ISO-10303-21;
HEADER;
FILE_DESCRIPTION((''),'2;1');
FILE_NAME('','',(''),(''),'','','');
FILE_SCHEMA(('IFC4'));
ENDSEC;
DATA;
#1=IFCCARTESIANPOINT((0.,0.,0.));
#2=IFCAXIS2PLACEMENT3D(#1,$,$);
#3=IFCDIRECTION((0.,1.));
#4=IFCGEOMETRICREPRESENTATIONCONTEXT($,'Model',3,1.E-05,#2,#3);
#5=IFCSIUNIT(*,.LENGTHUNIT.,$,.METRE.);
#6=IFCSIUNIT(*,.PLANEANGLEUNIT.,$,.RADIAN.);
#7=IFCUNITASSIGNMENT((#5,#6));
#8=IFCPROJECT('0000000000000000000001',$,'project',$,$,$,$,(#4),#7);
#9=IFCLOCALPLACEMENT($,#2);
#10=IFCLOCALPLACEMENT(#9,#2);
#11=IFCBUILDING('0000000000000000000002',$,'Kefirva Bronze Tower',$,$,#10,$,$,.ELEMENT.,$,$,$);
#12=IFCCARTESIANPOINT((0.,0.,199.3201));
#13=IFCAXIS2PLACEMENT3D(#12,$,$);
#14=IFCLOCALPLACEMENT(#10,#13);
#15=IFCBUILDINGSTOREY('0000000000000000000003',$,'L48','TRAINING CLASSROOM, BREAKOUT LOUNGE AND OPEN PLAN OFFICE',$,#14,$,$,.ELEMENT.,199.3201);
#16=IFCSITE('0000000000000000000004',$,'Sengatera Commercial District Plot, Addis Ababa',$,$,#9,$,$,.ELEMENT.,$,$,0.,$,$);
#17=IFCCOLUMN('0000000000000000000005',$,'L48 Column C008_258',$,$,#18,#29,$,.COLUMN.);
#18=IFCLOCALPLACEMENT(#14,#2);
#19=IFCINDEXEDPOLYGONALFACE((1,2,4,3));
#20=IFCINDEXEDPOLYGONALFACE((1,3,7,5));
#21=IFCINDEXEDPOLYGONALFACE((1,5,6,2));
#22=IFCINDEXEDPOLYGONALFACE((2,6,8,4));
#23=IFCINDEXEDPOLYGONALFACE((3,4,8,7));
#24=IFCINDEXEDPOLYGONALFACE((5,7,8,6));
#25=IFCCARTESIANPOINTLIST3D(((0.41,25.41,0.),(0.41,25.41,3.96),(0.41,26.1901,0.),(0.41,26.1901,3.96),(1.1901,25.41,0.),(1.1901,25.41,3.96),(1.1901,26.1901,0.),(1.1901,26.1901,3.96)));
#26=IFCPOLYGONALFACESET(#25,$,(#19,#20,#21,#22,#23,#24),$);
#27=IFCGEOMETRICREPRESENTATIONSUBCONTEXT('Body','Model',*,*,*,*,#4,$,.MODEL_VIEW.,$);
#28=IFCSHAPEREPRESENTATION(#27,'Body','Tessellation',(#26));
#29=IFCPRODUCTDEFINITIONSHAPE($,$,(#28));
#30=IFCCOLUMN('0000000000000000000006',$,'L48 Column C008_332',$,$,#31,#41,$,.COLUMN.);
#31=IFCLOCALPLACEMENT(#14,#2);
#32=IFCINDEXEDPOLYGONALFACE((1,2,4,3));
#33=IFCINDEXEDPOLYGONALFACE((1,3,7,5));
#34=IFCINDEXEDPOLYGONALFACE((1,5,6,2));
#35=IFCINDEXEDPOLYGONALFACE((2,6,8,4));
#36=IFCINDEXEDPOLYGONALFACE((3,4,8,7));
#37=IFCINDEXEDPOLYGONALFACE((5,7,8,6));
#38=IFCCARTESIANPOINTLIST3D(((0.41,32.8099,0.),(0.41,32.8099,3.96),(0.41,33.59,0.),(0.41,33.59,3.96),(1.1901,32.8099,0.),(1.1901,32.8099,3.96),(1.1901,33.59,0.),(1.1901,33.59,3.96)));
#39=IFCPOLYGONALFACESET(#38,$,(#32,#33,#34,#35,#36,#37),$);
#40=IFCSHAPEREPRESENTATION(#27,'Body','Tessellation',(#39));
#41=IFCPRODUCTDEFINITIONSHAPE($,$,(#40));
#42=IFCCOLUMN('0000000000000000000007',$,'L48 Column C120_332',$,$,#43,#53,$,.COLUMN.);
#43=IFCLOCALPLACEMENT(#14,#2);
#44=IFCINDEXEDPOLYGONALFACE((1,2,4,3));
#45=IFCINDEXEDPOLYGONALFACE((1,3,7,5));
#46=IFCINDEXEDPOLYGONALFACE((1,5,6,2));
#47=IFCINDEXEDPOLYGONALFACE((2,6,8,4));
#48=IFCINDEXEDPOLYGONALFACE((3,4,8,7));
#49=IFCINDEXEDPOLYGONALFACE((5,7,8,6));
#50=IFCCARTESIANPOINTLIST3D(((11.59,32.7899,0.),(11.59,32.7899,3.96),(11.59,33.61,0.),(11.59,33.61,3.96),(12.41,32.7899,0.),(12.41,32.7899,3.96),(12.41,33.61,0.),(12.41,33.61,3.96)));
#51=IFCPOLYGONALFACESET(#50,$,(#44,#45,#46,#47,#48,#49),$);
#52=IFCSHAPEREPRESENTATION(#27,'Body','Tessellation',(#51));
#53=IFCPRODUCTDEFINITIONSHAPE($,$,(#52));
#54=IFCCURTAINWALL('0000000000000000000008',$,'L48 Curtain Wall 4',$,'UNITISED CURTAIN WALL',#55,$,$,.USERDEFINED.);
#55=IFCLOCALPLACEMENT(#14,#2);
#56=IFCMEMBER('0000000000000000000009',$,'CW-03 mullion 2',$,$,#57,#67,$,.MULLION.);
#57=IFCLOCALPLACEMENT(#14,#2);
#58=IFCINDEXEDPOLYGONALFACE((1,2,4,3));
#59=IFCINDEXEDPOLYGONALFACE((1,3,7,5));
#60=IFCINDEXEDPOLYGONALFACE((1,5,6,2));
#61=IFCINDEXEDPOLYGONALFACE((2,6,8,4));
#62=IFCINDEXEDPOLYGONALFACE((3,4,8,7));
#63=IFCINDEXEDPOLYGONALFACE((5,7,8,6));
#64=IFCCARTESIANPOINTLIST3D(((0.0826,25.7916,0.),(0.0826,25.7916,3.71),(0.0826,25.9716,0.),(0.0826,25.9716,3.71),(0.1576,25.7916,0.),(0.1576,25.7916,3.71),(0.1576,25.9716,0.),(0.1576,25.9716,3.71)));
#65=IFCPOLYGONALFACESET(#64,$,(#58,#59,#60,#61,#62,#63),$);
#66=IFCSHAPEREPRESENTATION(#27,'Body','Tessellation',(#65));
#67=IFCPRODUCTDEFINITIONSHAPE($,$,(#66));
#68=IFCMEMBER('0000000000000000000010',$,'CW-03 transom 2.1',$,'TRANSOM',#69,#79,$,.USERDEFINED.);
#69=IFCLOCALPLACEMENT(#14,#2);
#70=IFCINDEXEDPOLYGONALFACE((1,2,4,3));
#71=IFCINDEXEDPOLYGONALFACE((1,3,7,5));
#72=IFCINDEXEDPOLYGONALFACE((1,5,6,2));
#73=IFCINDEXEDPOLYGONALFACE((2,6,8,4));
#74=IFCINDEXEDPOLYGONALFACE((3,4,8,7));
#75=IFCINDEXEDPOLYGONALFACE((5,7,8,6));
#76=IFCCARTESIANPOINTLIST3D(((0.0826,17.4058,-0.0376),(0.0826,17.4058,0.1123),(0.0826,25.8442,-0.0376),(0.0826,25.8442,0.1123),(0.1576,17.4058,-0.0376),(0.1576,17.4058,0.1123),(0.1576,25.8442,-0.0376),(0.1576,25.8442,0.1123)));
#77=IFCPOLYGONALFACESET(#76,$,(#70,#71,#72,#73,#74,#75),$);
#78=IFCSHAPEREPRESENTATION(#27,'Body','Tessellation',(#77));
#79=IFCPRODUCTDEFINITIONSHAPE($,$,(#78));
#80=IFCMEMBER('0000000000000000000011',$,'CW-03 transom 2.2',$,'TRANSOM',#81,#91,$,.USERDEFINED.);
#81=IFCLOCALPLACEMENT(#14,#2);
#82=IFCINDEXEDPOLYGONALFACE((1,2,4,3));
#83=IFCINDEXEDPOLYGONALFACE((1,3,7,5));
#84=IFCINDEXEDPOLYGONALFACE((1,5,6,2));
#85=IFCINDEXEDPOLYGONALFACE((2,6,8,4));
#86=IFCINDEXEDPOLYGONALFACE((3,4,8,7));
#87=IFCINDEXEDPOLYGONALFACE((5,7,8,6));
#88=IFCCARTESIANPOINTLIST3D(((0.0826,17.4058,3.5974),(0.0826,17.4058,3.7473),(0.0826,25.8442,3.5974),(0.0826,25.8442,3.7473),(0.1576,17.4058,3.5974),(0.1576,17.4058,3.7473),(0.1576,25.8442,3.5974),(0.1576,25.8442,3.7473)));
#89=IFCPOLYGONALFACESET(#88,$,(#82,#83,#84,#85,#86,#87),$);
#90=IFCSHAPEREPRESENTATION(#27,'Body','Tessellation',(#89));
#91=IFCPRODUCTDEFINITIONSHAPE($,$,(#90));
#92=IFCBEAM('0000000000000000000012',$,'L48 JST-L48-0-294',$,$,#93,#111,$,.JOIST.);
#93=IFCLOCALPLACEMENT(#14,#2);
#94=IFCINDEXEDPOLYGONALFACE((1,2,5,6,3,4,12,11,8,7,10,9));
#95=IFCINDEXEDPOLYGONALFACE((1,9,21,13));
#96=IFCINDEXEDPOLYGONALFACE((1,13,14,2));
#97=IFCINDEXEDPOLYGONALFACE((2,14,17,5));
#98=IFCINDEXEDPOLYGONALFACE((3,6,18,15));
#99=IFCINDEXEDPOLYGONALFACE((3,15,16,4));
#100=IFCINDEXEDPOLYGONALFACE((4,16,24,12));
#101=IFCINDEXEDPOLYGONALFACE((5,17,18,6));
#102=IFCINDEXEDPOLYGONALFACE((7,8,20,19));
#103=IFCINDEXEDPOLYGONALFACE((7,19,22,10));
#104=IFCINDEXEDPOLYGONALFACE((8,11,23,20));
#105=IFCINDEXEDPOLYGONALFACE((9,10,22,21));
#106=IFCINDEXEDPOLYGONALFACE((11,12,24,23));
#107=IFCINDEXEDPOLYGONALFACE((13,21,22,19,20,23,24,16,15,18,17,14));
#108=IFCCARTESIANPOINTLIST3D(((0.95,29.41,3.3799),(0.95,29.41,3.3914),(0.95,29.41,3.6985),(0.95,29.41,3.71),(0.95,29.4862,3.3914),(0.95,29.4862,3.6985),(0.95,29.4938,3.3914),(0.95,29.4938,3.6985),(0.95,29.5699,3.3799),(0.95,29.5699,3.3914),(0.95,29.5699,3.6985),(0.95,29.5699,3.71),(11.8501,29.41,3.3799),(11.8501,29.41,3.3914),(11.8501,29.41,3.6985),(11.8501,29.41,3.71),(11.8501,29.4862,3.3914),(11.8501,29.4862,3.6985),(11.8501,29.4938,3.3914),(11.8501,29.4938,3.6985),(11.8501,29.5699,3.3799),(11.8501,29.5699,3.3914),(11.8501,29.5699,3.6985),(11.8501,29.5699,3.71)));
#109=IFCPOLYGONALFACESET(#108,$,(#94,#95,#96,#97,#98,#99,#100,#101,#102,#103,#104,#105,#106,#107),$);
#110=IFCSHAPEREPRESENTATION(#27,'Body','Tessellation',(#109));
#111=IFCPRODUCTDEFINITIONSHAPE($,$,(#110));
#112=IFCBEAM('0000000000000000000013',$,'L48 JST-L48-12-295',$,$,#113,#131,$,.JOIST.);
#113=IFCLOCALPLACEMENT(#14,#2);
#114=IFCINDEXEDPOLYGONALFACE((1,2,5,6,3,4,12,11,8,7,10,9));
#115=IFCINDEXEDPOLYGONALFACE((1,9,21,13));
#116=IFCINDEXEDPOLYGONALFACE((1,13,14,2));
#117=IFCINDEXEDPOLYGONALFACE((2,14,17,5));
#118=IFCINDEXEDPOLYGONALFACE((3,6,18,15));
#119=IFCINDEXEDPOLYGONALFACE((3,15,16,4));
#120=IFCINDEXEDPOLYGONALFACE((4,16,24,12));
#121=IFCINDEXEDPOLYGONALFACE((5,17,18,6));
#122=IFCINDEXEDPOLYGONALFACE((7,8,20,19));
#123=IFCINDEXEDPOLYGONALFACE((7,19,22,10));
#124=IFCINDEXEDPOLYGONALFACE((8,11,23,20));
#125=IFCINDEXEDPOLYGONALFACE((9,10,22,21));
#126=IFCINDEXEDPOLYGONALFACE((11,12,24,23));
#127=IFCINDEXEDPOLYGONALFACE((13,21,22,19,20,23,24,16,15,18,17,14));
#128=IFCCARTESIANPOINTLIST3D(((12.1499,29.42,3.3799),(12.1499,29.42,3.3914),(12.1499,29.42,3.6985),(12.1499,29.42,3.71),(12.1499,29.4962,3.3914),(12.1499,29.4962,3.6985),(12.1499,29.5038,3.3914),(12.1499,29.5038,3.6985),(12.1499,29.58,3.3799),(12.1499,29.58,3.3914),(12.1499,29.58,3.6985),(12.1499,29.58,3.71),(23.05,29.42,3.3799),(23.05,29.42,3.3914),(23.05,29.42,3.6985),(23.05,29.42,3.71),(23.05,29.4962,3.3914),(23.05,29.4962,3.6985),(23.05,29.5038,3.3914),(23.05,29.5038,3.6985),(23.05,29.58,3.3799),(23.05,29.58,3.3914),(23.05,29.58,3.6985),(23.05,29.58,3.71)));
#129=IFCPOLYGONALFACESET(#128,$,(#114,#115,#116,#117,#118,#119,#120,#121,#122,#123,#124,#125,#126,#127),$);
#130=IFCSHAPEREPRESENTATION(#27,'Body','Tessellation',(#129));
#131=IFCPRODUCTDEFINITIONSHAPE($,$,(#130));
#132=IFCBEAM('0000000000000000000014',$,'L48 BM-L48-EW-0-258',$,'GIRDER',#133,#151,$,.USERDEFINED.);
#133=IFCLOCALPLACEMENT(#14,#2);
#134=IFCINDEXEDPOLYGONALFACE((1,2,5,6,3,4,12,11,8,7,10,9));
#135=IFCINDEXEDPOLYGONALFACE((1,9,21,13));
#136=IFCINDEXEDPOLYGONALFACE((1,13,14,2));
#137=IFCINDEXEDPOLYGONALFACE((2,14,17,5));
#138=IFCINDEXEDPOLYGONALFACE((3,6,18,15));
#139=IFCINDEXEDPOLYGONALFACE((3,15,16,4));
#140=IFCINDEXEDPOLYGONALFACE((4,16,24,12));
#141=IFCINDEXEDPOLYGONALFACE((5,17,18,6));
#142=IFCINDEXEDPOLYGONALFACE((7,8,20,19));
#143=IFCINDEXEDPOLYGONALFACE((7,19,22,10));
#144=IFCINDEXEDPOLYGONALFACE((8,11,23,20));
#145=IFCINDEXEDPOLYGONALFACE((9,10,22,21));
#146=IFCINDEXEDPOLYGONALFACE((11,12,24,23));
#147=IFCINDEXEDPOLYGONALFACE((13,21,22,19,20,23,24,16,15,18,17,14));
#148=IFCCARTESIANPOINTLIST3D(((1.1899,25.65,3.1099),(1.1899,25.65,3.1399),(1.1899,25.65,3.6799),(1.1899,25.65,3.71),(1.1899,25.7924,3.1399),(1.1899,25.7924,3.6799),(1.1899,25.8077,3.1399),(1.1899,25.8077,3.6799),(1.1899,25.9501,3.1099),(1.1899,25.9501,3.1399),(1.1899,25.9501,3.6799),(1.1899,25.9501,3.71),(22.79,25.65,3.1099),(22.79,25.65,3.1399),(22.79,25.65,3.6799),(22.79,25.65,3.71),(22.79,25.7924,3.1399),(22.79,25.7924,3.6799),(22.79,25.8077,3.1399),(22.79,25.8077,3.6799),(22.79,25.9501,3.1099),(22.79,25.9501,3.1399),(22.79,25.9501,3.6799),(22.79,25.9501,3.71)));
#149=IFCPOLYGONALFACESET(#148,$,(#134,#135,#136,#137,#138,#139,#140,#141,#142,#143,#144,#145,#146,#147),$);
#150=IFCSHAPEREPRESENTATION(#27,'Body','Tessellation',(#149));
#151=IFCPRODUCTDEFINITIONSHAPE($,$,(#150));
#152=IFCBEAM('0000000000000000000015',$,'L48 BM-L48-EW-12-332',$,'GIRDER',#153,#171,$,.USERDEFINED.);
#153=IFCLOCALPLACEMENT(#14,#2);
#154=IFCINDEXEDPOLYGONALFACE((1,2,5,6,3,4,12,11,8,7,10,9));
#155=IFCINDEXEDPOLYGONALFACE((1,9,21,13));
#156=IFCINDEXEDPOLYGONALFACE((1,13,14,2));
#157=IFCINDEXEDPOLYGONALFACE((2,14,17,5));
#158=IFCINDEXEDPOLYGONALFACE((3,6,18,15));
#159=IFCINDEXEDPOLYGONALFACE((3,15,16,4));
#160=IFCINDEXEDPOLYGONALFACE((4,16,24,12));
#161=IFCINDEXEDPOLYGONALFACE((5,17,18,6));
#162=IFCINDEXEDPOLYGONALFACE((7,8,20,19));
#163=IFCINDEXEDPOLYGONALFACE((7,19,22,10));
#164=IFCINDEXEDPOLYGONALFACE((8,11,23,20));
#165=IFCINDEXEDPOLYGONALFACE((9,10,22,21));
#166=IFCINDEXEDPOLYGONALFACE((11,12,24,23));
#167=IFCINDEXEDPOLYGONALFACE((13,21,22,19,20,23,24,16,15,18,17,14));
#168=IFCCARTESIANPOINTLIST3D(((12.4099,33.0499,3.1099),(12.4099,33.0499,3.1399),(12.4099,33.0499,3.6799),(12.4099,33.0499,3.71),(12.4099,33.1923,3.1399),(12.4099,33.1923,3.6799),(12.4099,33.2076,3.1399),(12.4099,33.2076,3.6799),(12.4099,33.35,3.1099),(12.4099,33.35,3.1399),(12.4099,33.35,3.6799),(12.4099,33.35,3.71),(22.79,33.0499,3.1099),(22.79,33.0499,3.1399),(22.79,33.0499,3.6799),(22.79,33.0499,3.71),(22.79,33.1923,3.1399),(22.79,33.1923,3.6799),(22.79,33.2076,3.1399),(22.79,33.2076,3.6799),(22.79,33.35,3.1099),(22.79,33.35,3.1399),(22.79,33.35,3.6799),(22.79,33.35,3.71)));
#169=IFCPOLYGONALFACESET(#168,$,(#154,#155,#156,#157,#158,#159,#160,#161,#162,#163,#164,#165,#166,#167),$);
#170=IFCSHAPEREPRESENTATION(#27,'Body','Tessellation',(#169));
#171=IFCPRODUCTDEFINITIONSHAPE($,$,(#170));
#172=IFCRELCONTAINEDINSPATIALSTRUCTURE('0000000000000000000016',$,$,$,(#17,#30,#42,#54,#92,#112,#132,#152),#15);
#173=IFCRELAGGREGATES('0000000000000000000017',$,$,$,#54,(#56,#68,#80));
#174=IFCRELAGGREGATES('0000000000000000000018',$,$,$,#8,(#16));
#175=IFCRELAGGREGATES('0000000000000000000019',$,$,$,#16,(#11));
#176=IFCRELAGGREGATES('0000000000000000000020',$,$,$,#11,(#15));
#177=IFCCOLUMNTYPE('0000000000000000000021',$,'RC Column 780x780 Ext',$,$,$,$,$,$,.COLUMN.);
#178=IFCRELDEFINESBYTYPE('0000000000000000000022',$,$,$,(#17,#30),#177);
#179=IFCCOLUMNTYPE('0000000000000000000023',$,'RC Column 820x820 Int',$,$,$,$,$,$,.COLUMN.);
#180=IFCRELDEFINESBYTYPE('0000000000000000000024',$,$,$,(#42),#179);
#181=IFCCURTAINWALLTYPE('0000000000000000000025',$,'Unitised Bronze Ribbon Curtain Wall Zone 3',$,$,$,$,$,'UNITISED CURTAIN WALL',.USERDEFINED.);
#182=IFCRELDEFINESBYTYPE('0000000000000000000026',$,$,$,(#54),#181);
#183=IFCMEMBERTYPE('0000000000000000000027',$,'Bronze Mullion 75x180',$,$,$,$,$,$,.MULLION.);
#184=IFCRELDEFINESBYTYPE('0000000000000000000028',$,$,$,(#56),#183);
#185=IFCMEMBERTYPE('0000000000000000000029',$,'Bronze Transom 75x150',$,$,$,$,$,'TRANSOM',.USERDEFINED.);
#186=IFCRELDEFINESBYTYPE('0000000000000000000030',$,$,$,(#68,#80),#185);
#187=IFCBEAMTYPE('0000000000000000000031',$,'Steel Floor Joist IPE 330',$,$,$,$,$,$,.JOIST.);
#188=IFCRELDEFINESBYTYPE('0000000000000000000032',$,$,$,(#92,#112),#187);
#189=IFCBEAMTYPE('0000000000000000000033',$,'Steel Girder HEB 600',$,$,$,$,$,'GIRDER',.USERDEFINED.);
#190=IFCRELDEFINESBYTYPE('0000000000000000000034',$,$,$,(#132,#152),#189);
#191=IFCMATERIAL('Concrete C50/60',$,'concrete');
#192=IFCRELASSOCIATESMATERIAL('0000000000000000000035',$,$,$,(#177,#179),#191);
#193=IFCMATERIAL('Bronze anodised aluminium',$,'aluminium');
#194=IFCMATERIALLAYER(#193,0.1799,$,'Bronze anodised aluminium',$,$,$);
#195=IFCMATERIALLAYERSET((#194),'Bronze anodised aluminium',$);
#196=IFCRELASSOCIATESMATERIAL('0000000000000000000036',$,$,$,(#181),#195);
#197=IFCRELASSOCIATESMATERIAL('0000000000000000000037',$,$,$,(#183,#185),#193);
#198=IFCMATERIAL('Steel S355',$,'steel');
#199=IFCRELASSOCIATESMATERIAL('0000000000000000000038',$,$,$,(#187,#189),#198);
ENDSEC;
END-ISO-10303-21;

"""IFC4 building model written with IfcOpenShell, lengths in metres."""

from ifc_helpers import new_model, si_unit, direction, frame, origin, origin_2d, place, context, subcontext, project, spatial, rectangle, i_section, extrude, material, layer, layer_set, material_profile, profile_set, type_object, element, aggregate, save


model = new_model("IFC4")

# Units and contexts
model_context = context("Model", 3, precision=1e-05, world=origin(), true_north=direction((0.0, 1.0)))
body_context = subcontext(model_context, "Body", "Model", "MODEL_VIEW")
ifc_project = project(units=[si_unit("LENGTHUNIT", "METRE"), si_unit("PLANEANGLEUNIT", "RADIAN")], contexts=[model_context])

# Site, building, storey
site_placement = place(None, origin())
site = spatial("IfcSite", under=ifc_project, at=site_placement, Name="Sengatera Commercial District Plot, Addis Ababa", CompositionType="ELEMENT", RefElevation=0.0)
building_placement = place(site_placement, origin())
building = spatial("IfcBuilding", under=site, at=building_placement, Name="Kefirva Bronze Tower", CompositionType="ELEMENT")
storey_placement = place(building_placement, frame((0.0, 0.0, 199.3201)))
storey = spatial("IfcBuildingStorey", under=building, at=storey_placement, Name="L48", Description="TRAINING CLASSROOM, BREAKOUT LOUNGE AND OPEN PLAN OFFICE", CompositionType="ELEMENT", Elevation=199.3201)

# Columns
ifc_material_1 = material(Name="Concrete C50/60", Category="concrete")
ifc_material_profile_1 = material_profile(ifc_material_1, rectangle(XDim=0.78, YDim=0.78, at=origin_2d()), Name="RC 780x780")
ifc_profile_set_1 = profile_set([ifc_material_profile_1], Name="Concrete C50/60")
column_type_1 = type_object("IfcColumnType", Name="RC Column 780x780 Ext", PredefinedType="COLUMN", material=ifc_profile_set_1)
for number, where, z_axis, x_axis, name in (
    (1, (0.8, 25.8, 0.0), (0.0, 0.0, 1.0), (1.0, 0.0, 0.0), "L48 Column C008_258"),
    (2, (0.8, 33.2, 0.0), (0.0, 0.0, 1.0), (1.0, 0.0, 0.0), "L48 Column C008_332"),
):
    element("IfcColumn", number, at=place(storey_placement, frame(where, z_axis=z_axis, x_axis=x_axis)), inside=storey, type_object=column_type_1, Name=name, PredefinedType="COLUMN", context=body_context, shape_type="SweptSolid", body=[
        extrude(rectangle(XDim=0.78, YDim=0.78, at=origin_2d()), origin(), (0.0, 0.0, 1.0), 3.96),
    ])
ifc_material_profile_2 = material_profile(ifc_material_1, rectangle(XDim=0.8201, YDim=0.8201, at=origin_2d()), Name="RC 820x820")
ifc_profile_set_2 = profile_set([ifc_material_profile_2], Name="Concrete C50/60")
column_type_2 = type_object("IfcColumnType", Name="RC Column 820x820 Int", PredefinedType="COLUMN", material=ifc_profile_set_2)
column_placement = place(storey_placement, frame((12.0, 33.2, 0.0), z_axis=(0.0, 0.0, 1.0), x_axis=(1.0, 0.0, 0.0)))
element("IfcColumn", 3, at=column_placement, inside=storey, type_object=column_type_2, Name="L48 Column C120_332", PredefinedType="COLUMN", context=body_context, shape_type="SweptSolid", body=[
    extrude(rectangle(XDim=0.8201, YDim=0.8201, at=origin_2d()), origin(), (0.0, 0.0, 1.0), 3.96),
])

# Curtain wall, members
ifc_material_2 = material(Name="Bronze anodised aluminium", Category="aluminium")
ifc_layer_1 = layer(ifc_material_2, 0.1799, Name="Bronze anodised aluminium")
ifc_layer_set_1 = layer_set([ifc_layer_1], Name="Bronze anodised aluminium")
curtain_wall_type = type_object("IfcCurtainWallType", Name="Unitised Bronze Ribbon Curtain Wall Zone 3", ElementType="UNITISED CURTAIN WALL", PredefinedType="USERDEFINED", material=ifc_layer_set_1)
curtain_wall_placement = place(storey_placement, origin())
curtain_wall = element("IfcCurtainWall", 4, at=curtain_wall_placement, inside=storey, type_object=curtain_wall_type, Name="L48 Curtain Wall 4", ObjectType="UNITISED CURTAIN WALL", PredefinedType="USERDEFINED")
ifc_material_profile_3 = material_profile(ifc_material_2, rectangle(XDim=0.075, YDim=0.1799, at=origin_2d()), Name="ALU 75x180")
ifc_profile_set_3 = profile_set([ifc_material_profile_3], Name="Bronze anodised aluminium")
member_type_1 = type_object("IfcMemberType", Name="Bronze Mullion 75x180", PredefinedType="MULLION", material=ifc_profile_set_3)
member_1_placement = place(storey_placement, frame((0.1201, 25.8816, 0.0), z_axis=(0.0, 0.0, 1.0), x_axis=(1.0, 0.0, 0.0)))
member_1 = element("IfcMember", 5, at=member_1_placement, type_object=member_type_1, Name="CW-03 mullion 2", PredefinedType="MULLION", context=body_context, shape_type="SweptSolid", body=[
    extrude(rectangle(XDim=0.075, YDim=0.1799, at=origin_2d()), origin(), (0.0, 0.0, 1.0), 3.71),
])
ifc_material_profile_4 = material_profile(ifc_material_2, rectangle(XDim=0.075, YDim=0.1499, at=origin_2d()), Name="ALU 75x150")
ifc_profile_set_4 = profile_set([ifc_material_profile_4], Name="Bronze anodised aluminium")
member_type_2 = type_object("IfcMemberType", Name="Bronze Transom 75x150", ElementType="TRANSOM", PredefinedType="USERDEFINED", material=ifc_profile_set_4)
member_2_placement = place(storey_placement, frame((0.1201, 25.8442, 0.0374), z_axis=(0.0, -1.0, 0.0), x_axis=(1.0, 0.0, 0.0)))
member_2 = element("IfcMember", 6, at=member_2_placement, type_object=member_type_2, Name="CW-03 transom 2.1", ObjectType="TRANSOM", PredefinedType="USERDEFINED", context=body_context, shape_type="SweptSolid", body=[
    extrude(rectangle(XDim=0.075, YDim=0.1499, at=origin_2d()), origin(), (0.0, 0.0, 1.0), 8.4385),
])
member_3_placement = place(storey_placement, frame((0.1201, 25.8442, 3.6724), z_axis=(0.0, -1.0, 0.0), x_axis=(1.0, 0.0, 0.0)))
member_3 = element("IfcMember", 7, at=member_3_placement, type_object=member_type_2, Name="CW-03 transom 2.2", ObjectType="TRANSOM", PredefinedType="USERDEFINED", context=body_context, shape_type="SweptSolid", body=[
    extrude(rectangle(XDim=0.075, YDim=0.1499, at=origin_2d()), origin(), (0.0, 0.0, 1.0), 8.4385),
])

# Beams
ifc_material_3 = material(Name="Steel S355", Category="steel")
ifc_material_profile_5 = material_profile(ifc_material_3, i_section(OverallWidth=0.1599, OverallDepth=0.3301, WebThickness=0.0076, FlangeThickness=0.0115, at=origin_2d()), Name="IPE 330")
ifc_profile_set_5 = profile_set([ifc_material_profile_5], Name="Steel S355")
beam_type_1 = type_object("IfcBeamType", Name="Steel Floor Joist IPE 330", PredefinedType="JOIST", material=ifc_profile_set_5)
for number, where, z_axis, x_axis, name in (
    (8, (0.95, 29.49, 3.5449), (1.0, 0.0, 0.0), (0.0, 1.0, 0.0), "L48 JST-L48-0-294"),
    (9, (12.1499, 29.5, 3.5449), (1.0, 0.0, 0.0), (0.0, 1.0, 0.0), "L48 JST-L48-12-295"),
):
    element("IfcBeam", number, at=place(storey_placement, frame(where, z_axis=z_axis, x_axis=x_axis)), inside=storey, type_object=beam_type_1, Name=name, PredefinedType="JOIST", context=body_context, shape_type="SweptSolid", body=[
        extrude(i_section(OverallWidth=0.1599, OverallDepth=0.3301, WebThickness=0.0076, FlangeThickness=0.0115, at=origin_2d()), origin(), (0.0, 0.0, 1.0), 10.9001),
    ])
ifc_material_profile_6 = material_profile(ifc_material_3, i_section(OverallWidth=0.3, OverallDepth=0.6001, WebThickness=0.0154, FlangeThickness=0.03, at=origin_2d()), Name="HEB 600")
ifc_profile_set_6 = profile_set([ifc_material_profile_6], Name="Steel S355")
beam_type_2 = type_object("IfcBeamType", Name="Steel Girder HEB 600", ElementType="GIRDER", PredefinedType="USERDEFINED", material=ifc_profile_set_6)
beam_1_placement = place(storey_placement, frame((1.1899, 25.8, 3.4099), z_axis=(1.0, 0.0, 0.0), x_axis=(0.0, 1.0, 0.0)))
element("IfcBeam", 10, at=beam_1_placement, inside=storey, type_object=beam_type_2, Name="L48 BM-L48-EW-0-258", ObjectType="GIRDER", PredefinedType="USERDEFINED", context=body_context, shape_type="SweptSolid", body=[
    extrude(i_section(OverallWidth=0.3, OverallDepth=0.6001, WebThickness=0.0154, FlangeThickness=0.03, at=origin_2d()), origin(), (0.0, 0.0, 1.0), 21.6001),
])
beam_2_placement = place(storey_placement, frame((12.4099, 33.2, 3.4099), z_axis=(1.0, 0.0, 0.0), x_axis=(0.0, 1.0, 0.0)))
element("IfcBeam", 11, at=beam_2_placement, inside=storey, type_object=beam_type_2, Name="L48 BM-L48-EW-12-332", ObjectType="GIRDER", PredefinedType="USERDEFINED", context=body_context, shape_type="SweptSolid", body=[
    extrude(i_section(OverallWidth=0.3, OverallDepth=0.6001, WebThickness=0.0154, FlangeThickness=0.03, at=origin_2d()), origin(), (0.0, 0.0, 1.0), 10.3801),
])

aggregate(curtain_wall, [member_1, member_2, member_3])

save(model, "model.ifc")
